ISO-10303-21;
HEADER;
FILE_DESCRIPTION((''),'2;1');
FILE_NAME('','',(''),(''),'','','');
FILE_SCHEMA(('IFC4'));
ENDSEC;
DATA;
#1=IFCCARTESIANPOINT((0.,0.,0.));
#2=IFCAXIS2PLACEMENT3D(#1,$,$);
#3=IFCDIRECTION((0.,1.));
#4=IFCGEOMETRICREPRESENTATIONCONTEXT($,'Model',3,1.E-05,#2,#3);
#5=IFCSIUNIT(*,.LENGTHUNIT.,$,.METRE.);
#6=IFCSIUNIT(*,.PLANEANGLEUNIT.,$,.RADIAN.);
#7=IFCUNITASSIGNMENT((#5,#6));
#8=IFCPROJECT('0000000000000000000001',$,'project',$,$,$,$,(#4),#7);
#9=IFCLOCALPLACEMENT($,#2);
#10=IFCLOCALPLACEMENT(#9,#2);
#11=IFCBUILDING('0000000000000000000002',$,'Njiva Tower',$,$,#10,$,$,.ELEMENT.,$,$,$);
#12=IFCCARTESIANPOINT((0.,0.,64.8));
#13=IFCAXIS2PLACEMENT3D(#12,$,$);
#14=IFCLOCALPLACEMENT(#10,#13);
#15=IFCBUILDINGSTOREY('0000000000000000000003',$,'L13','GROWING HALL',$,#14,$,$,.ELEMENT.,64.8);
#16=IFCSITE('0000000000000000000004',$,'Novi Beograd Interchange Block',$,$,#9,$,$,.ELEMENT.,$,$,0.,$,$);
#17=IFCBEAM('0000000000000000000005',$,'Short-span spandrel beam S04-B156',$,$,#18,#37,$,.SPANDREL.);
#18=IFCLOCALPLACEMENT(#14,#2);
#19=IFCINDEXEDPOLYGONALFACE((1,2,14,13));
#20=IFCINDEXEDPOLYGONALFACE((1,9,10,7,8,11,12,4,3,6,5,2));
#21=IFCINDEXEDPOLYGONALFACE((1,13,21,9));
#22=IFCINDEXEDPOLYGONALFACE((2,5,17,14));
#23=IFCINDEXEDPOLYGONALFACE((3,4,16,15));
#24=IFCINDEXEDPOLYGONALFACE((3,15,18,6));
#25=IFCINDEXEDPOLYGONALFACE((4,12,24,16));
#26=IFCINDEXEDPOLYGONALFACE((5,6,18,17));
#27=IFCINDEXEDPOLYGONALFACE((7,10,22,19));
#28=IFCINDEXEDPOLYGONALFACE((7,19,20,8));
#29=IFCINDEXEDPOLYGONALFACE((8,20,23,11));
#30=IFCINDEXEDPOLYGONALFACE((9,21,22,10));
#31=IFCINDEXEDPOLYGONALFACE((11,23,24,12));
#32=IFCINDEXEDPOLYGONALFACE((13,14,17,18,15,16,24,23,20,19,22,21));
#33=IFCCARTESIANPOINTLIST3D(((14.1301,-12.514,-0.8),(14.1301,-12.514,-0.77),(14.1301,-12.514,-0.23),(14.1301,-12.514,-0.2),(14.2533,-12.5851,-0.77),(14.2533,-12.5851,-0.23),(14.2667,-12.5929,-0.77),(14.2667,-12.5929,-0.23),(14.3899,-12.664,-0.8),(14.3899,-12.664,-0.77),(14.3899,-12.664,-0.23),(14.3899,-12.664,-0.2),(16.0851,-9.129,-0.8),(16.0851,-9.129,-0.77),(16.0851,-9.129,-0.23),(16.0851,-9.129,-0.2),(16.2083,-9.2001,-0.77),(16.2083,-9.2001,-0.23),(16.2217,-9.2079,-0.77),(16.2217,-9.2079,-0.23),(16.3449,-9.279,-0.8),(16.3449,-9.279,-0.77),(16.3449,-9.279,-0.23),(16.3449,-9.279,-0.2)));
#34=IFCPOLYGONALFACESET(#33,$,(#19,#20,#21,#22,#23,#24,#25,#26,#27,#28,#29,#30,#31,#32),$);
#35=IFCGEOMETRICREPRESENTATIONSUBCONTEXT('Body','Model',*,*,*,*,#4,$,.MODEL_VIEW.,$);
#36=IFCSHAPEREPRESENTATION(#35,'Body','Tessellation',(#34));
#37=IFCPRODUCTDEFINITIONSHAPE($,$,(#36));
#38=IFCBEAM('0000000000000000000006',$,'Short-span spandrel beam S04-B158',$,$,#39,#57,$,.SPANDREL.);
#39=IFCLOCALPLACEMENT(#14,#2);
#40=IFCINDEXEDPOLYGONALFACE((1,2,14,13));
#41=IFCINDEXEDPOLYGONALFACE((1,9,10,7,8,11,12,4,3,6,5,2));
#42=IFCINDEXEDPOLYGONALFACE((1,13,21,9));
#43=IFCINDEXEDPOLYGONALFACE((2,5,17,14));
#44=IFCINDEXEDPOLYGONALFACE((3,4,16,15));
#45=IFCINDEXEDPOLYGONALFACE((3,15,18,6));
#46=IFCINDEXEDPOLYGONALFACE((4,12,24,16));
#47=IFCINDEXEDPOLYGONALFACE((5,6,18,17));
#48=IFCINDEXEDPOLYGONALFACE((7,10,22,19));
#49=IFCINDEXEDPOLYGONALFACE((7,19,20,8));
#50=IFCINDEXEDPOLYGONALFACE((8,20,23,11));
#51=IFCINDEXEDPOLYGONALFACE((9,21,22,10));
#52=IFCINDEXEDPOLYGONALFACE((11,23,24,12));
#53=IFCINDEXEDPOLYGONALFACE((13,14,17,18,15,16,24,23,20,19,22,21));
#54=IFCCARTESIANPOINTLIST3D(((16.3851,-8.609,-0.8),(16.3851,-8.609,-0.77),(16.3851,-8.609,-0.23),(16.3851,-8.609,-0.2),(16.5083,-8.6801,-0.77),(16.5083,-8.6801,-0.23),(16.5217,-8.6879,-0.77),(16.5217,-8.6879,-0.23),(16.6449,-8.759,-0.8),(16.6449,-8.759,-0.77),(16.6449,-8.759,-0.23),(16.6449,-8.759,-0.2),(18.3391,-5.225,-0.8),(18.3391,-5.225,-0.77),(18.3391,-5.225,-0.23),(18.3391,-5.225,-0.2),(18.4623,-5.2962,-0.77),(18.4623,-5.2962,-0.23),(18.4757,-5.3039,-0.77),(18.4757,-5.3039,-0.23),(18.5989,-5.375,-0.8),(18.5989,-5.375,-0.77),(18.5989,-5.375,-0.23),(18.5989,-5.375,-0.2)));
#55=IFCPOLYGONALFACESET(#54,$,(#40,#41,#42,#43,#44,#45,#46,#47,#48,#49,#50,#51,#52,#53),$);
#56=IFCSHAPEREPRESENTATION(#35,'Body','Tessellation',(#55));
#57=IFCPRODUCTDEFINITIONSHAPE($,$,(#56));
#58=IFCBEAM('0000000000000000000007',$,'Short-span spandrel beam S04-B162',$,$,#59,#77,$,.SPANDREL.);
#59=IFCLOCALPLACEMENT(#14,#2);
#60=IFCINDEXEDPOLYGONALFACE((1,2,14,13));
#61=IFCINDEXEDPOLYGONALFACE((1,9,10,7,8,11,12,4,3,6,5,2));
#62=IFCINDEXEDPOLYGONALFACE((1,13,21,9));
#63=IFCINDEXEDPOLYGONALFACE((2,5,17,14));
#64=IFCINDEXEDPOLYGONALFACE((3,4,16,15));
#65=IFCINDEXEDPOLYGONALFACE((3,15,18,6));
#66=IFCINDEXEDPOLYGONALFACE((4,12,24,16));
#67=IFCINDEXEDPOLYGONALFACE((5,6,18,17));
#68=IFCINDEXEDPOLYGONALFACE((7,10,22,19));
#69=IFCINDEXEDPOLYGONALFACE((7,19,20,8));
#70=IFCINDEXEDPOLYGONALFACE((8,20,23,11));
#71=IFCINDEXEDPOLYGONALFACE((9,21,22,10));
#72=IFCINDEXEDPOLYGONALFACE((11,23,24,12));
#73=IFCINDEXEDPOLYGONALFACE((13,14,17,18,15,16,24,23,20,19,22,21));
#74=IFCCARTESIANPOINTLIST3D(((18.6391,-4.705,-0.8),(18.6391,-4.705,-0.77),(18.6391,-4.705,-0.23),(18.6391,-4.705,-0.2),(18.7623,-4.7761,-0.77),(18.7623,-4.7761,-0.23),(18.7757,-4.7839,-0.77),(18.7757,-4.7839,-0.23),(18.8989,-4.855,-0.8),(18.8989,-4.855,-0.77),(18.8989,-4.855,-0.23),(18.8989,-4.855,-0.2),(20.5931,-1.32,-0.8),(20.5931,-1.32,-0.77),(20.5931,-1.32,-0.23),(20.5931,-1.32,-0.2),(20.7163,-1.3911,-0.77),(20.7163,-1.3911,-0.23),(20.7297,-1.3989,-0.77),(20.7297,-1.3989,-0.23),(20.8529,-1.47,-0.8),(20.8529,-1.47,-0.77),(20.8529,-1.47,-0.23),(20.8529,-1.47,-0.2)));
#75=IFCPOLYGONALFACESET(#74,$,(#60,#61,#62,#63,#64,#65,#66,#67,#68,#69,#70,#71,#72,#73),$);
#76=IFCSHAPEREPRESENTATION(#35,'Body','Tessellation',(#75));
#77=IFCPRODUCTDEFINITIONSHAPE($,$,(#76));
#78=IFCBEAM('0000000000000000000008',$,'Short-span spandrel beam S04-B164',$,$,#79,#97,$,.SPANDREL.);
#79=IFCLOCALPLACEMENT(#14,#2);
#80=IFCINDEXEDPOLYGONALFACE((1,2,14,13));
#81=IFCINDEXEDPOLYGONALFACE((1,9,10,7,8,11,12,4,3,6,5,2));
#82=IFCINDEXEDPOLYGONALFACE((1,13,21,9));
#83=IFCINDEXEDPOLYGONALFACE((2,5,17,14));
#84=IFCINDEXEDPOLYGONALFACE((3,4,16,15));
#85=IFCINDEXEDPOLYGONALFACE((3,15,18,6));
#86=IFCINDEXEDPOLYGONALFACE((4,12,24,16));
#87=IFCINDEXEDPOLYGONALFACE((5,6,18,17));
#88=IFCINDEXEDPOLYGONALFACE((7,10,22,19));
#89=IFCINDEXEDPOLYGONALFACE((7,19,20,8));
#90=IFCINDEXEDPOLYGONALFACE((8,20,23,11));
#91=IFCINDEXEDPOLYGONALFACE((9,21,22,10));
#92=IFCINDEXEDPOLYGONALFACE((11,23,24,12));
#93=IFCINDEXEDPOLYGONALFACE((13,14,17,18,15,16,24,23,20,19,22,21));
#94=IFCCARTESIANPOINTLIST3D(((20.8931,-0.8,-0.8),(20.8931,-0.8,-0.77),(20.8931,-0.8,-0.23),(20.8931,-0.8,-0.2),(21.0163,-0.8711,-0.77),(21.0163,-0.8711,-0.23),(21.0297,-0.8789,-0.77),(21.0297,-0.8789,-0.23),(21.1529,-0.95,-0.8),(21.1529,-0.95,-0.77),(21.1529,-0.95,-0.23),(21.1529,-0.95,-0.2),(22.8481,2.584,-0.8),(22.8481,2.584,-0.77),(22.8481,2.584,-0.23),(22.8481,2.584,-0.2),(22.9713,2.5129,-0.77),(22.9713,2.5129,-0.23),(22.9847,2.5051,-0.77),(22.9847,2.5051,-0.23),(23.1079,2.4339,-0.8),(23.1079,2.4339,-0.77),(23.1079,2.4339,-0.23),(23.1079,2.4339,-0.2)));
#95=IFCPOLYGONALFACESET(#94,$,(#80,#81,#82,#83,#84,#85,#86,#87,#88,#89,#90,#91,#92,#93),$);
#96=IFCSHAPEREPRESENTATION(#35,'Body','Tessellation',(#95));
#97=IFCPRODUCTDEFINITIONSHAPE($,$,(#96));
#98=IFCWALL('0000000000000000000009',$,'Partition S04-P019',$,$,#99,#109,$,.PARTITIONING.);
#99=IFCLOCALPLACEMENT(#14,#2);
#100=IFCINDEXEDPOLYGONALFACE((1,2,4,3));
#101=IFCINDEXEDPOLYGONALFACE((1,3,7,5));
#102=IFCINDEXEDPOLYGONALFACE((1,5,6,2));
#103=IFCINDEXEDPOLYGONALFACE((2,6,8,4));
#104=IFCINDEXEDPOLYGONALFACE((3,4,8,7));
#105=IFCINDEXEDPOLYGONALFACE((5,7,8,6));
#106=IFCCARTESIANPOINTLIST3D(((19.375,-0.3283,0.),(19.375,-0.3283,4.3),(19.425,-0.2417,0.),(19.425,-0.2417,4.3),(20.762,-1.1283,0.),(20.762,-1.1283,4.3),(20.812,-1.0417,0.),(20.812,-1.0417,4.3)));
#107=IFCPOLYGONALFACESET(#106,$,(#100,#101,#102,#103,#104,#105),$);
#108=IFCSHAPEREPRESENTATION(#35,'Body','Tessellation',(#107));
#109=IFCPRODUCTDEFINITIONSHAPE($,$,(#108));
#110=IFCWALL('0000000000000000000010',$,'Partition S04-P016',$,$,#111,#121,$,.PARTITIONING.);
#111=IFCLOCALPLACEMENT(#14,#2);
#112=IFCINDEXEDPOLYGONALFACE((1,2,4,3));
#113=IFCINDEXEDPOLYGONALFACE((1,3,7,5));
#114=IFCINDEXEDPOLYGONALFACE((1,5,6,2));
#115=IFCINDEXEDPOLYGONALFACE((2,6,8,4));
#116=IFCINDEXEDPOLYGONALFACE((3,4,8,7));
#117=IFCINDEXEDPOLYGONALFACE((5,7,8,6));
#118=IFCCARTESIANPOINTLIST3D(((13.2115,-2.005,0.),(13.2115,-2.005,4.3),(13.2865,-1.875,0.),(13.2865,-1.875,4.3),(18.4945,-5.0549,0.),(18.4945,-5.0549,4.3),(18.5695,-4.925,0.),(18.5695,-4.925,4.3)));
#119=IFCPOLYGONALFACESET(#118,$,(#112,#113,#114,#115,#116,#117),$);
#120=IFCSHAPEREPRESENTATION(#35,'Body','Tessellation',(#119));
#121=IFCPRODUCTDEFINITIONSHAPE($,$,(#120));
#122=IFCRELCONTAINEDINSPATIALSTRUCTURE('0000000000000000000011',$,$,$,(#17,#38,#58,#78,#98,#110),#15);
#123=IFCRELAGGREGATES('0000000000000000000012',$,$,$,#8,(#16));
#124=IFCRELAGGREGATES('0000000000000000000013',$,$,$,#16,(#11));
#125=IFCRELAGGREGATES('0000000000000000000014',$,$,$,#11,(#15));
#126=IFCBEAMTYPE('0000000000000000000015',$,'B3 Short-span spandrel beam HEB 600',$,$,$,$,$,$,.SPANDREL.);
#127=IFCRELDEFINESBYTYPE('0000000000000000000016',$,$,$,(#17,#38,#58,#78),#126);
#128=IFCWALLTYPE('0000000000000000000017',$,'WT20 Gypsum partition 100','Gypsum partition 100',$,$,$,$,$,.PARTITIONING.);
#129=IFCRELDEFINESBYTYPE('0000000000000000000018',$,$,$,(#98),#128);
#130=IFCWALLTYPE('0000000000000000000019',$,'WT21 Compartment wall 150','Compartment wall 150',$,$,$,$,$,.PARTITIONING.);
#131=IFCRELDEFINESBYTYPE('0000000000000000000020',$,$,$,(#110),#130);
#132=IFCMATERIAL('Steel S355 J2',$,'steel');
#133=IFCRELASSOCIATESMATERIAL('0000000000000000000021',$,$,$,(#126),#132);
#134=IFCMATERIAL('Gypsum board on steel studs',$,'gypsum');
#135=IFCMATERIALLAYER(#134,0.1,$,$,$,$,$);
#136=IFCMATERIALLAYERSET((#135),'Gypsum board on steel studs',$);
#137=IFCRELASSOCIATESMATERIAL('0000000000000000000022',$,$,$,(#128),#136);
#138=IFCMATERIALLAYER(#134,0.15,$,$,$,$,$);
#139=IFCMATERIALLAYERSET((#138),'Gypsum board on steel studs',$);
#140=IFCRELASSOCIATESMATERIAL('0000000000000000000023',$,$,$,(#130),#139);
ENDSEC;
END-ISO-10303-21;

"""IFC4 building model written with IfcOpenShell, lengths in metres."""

from ifc_helpers import new_model, si_unit, direction, frame, frame_2d, origin, origin_2d, place, context, subcontext, project, spatial, rectangle, i_section, extrude, material, layer, layer_set, material_profile, profile_set, type_object, element, save


model = new_model("IFC4")

# Units and contexts
model_context = context("Model", 3, precision=1e-05, world=origin(), true_north=direction((0.0, 1.0)))
body_context = subcontext(model_context, "Body", "Model", "MODEL_VIEW")
ifc_project = project(units=[si_unit("LENGTHUNIT", "METRE"), si_unit("PLANEANGLEUNIT", "RADIAN")], contexts=[model_context])

# Site, building, storey
site_placement = place(None, origin())
site = spatial("IfcSite", under=ifc_project, at=site_placement, Name="Novi Beograd Interchange Block", CompositionType="ELEMENT", RefElevation=0.0)
building_placement = place(site_placement, origin())
building = spatial("IfcBuilding", under=site, at=building_placement, Name="Njiva Tower", CompositionType="ELEMENT")
storey_placement = place(building_placement, frame((0.0, 0.0, 64.8)))
storey = spatial("IfcBuildingStorey", under=building, at=storey_placement, Name="L13", Description="GROWING HALL", CompositionType="ELEMENT", Elevation=64.8)

# Shared definitions
ifc_material_1 = material(Name="Steel S355 J2", Category="steel")

# Beams
ifc_material_profile_1 = material_profile(ifc_material_1, i_section(OverallWidth=0.3, OverallDepth=0.6, WebThickness=0.0155, FlangeThickness=0.03, at=origin_2d()), Name="HEB 600")
ifc_profile_set_1 = profile_set([ifc_material_profile_1], Name="Steel S355 J2")
beam_type_1 = type_object("IfcBeamType", Name="B3 Short-span spandrel beam HEB 600", PredefinedType="SPANDREL", material=ifc_profile_set_1)
beam_1_placement = place(storey_placement, frame((14.26, -12.589, -0.5), z_axis=(0.500128, 0.865951, 0.0), x_axis=(-0.865951, 0.500128, 0.0)))
element("IfcBeam", 1, at=beam_1_placement, inside=storey, type_object=beam_type_1, Name="Short-span spandrel beam S04-B156", PredefinedType="SPANDREL", context=body_context, shape_type="SweptSolid", body=[
    extrude(i_section(OverallWidth=0.3, OverallDepth=0.6, WebThickness=0.0155, FlangeThickness=0.03, at=origin_2d()), origin(), (0.0, 0.0, 1.0), 3.909),
])
beam_2_placement = place(storey_placement, frame((16.515, -8.684, -0.5), z_axis=(0.500047, 0.865998, 0.0), x_axis=(-0.865998, 0.500047, 0.0)))
element("IfcBeam", 2, at=beam_2_placement, inside=storey, type_object=beam_type_1, Name="Short-span spandrel beam S04-B158", PredefinedType="SPANDREL", context=body_context, shape_type="SweptSolid", body=[
    extrude(i_section(OverallWidth=0.3, OverallDepth=0.6, WebThickness=0.0155, FlangeThickness=0.03, at=origin_2d()), origin(), (0.0, 0.0, 1.0), 3.9076),
])
beam_3_placement = place(storey_placement, frame((18.769, -4.78, -0.5), z_axis=(0.499937, 0.866062, 0.0), x_axis=(-0.866062, 0.499937, 0.0)))
element("IfcBeam", 3, at=beam_3_placement, inside=storey, type_object=beam_type_1, Name="Short-span spandrel beam S04-B162", PredefinedType="SPANDREL", context=body_context, shape_type="SweptSolid", body=[
    extrude(i_section(OverallWidth=0.3, OverallDepth=0.6, WebThickness=0.0155, FlangeThickness=0.03, at=origin_2d()), origin(), (0.0, 0.0, 1.0), 3.9085),
])
beam_4_placement = place(storey_placement, frame((21.023, -0.875, -0.5), z_axis=(0.500239, 0.865887, 0.0), x_axis=(-0.865887, 0.500239, 0.0)))
element("IfcBeam", 4, at=beam_4_placement, inside=storey, type_object=beam_type_1, Name="Short-span spandrel beam S04-B164", PredefinedType="SPANDREL", context=body_context, shape_type="SweptSolid", body=[
    extrude(i_section(OverallWidth=0.3, OverallDepth=0.6, WebThickness=0.0155, FlangeThickness=0.03, at=origin_2d()), origin(), (0.0, 0.0, 1.0), 3.9081),
])

# Walls
ifc_material_2 = material(Name="Gypsum board on steel studs", Category="gypsum")
ifc_layer_1 = layer(ifc_material_2, 0.1)
ifc_layer_set_1 = layer_set([ifc_layer_1], Name="Gypsum board on steel studs")
wall_type_1 = type_object("IfcWallType", Name="WT20 Gypsum partition 100", Description="Gypsum partition 100", PredefinedType="PARTITIONING", material=ifc_layer_set_1)
wall_1_placement = place(storey_placement, frame((19.4, -0.285, 0.0), z_axis=(0.0, 0.0, 1.0), x_axis=(0.866238, -0.499632, 0.0)))
element("IfcWall", 5, at=wall_1_placement, inside=storey, type_object=wall_type_1, Name="Partition S04-P019", PredefinedType="PARTITIONING", context=body_context, shape_type="SweptSolid", body=[
    extrude(rectangle(XDim=1.6012, YDim=0.1, at=frame_2d((0.8006, 0.0))), origin(), (0.0, 0.0, 1.0), 4.3),
])
ifc_layer_2 = layer(ifc_material_2, 0.15)
ifc_layer_set_2 = layer_set([ifc_layer_2], Name="Gypsum board on steel studs")
wall_type_2 = type_object("IfcWallType", Name="WT21 Compartment wall 150", Description="Compartment wall 150", PredefinedType="PARTITIONING", material=ifc_layer_set_2)
wall_2_placement = place(storey_placement, frame((13.249, -1.94, 0.0), z_axis=(0.0, 0.0, 1.0), x_axis=(0.866035, -0.499983, 0.0)))
element("IfcWall", 6, at=wall_2_placement, inside=storey, type_object=wall_type_2, Name="Partition S04-P016", PredefinedType="PARTITIONING", context=body_context, shape_type="SweptSolid", body=[
    extrude(rectangle(XDim=6.1002, YDim=0.15, at=frame_2d((3.0501, 0.0))), origin(), (0.0, 0.0, 1.0), 4.3),
])

save(model, "model.ifc")
